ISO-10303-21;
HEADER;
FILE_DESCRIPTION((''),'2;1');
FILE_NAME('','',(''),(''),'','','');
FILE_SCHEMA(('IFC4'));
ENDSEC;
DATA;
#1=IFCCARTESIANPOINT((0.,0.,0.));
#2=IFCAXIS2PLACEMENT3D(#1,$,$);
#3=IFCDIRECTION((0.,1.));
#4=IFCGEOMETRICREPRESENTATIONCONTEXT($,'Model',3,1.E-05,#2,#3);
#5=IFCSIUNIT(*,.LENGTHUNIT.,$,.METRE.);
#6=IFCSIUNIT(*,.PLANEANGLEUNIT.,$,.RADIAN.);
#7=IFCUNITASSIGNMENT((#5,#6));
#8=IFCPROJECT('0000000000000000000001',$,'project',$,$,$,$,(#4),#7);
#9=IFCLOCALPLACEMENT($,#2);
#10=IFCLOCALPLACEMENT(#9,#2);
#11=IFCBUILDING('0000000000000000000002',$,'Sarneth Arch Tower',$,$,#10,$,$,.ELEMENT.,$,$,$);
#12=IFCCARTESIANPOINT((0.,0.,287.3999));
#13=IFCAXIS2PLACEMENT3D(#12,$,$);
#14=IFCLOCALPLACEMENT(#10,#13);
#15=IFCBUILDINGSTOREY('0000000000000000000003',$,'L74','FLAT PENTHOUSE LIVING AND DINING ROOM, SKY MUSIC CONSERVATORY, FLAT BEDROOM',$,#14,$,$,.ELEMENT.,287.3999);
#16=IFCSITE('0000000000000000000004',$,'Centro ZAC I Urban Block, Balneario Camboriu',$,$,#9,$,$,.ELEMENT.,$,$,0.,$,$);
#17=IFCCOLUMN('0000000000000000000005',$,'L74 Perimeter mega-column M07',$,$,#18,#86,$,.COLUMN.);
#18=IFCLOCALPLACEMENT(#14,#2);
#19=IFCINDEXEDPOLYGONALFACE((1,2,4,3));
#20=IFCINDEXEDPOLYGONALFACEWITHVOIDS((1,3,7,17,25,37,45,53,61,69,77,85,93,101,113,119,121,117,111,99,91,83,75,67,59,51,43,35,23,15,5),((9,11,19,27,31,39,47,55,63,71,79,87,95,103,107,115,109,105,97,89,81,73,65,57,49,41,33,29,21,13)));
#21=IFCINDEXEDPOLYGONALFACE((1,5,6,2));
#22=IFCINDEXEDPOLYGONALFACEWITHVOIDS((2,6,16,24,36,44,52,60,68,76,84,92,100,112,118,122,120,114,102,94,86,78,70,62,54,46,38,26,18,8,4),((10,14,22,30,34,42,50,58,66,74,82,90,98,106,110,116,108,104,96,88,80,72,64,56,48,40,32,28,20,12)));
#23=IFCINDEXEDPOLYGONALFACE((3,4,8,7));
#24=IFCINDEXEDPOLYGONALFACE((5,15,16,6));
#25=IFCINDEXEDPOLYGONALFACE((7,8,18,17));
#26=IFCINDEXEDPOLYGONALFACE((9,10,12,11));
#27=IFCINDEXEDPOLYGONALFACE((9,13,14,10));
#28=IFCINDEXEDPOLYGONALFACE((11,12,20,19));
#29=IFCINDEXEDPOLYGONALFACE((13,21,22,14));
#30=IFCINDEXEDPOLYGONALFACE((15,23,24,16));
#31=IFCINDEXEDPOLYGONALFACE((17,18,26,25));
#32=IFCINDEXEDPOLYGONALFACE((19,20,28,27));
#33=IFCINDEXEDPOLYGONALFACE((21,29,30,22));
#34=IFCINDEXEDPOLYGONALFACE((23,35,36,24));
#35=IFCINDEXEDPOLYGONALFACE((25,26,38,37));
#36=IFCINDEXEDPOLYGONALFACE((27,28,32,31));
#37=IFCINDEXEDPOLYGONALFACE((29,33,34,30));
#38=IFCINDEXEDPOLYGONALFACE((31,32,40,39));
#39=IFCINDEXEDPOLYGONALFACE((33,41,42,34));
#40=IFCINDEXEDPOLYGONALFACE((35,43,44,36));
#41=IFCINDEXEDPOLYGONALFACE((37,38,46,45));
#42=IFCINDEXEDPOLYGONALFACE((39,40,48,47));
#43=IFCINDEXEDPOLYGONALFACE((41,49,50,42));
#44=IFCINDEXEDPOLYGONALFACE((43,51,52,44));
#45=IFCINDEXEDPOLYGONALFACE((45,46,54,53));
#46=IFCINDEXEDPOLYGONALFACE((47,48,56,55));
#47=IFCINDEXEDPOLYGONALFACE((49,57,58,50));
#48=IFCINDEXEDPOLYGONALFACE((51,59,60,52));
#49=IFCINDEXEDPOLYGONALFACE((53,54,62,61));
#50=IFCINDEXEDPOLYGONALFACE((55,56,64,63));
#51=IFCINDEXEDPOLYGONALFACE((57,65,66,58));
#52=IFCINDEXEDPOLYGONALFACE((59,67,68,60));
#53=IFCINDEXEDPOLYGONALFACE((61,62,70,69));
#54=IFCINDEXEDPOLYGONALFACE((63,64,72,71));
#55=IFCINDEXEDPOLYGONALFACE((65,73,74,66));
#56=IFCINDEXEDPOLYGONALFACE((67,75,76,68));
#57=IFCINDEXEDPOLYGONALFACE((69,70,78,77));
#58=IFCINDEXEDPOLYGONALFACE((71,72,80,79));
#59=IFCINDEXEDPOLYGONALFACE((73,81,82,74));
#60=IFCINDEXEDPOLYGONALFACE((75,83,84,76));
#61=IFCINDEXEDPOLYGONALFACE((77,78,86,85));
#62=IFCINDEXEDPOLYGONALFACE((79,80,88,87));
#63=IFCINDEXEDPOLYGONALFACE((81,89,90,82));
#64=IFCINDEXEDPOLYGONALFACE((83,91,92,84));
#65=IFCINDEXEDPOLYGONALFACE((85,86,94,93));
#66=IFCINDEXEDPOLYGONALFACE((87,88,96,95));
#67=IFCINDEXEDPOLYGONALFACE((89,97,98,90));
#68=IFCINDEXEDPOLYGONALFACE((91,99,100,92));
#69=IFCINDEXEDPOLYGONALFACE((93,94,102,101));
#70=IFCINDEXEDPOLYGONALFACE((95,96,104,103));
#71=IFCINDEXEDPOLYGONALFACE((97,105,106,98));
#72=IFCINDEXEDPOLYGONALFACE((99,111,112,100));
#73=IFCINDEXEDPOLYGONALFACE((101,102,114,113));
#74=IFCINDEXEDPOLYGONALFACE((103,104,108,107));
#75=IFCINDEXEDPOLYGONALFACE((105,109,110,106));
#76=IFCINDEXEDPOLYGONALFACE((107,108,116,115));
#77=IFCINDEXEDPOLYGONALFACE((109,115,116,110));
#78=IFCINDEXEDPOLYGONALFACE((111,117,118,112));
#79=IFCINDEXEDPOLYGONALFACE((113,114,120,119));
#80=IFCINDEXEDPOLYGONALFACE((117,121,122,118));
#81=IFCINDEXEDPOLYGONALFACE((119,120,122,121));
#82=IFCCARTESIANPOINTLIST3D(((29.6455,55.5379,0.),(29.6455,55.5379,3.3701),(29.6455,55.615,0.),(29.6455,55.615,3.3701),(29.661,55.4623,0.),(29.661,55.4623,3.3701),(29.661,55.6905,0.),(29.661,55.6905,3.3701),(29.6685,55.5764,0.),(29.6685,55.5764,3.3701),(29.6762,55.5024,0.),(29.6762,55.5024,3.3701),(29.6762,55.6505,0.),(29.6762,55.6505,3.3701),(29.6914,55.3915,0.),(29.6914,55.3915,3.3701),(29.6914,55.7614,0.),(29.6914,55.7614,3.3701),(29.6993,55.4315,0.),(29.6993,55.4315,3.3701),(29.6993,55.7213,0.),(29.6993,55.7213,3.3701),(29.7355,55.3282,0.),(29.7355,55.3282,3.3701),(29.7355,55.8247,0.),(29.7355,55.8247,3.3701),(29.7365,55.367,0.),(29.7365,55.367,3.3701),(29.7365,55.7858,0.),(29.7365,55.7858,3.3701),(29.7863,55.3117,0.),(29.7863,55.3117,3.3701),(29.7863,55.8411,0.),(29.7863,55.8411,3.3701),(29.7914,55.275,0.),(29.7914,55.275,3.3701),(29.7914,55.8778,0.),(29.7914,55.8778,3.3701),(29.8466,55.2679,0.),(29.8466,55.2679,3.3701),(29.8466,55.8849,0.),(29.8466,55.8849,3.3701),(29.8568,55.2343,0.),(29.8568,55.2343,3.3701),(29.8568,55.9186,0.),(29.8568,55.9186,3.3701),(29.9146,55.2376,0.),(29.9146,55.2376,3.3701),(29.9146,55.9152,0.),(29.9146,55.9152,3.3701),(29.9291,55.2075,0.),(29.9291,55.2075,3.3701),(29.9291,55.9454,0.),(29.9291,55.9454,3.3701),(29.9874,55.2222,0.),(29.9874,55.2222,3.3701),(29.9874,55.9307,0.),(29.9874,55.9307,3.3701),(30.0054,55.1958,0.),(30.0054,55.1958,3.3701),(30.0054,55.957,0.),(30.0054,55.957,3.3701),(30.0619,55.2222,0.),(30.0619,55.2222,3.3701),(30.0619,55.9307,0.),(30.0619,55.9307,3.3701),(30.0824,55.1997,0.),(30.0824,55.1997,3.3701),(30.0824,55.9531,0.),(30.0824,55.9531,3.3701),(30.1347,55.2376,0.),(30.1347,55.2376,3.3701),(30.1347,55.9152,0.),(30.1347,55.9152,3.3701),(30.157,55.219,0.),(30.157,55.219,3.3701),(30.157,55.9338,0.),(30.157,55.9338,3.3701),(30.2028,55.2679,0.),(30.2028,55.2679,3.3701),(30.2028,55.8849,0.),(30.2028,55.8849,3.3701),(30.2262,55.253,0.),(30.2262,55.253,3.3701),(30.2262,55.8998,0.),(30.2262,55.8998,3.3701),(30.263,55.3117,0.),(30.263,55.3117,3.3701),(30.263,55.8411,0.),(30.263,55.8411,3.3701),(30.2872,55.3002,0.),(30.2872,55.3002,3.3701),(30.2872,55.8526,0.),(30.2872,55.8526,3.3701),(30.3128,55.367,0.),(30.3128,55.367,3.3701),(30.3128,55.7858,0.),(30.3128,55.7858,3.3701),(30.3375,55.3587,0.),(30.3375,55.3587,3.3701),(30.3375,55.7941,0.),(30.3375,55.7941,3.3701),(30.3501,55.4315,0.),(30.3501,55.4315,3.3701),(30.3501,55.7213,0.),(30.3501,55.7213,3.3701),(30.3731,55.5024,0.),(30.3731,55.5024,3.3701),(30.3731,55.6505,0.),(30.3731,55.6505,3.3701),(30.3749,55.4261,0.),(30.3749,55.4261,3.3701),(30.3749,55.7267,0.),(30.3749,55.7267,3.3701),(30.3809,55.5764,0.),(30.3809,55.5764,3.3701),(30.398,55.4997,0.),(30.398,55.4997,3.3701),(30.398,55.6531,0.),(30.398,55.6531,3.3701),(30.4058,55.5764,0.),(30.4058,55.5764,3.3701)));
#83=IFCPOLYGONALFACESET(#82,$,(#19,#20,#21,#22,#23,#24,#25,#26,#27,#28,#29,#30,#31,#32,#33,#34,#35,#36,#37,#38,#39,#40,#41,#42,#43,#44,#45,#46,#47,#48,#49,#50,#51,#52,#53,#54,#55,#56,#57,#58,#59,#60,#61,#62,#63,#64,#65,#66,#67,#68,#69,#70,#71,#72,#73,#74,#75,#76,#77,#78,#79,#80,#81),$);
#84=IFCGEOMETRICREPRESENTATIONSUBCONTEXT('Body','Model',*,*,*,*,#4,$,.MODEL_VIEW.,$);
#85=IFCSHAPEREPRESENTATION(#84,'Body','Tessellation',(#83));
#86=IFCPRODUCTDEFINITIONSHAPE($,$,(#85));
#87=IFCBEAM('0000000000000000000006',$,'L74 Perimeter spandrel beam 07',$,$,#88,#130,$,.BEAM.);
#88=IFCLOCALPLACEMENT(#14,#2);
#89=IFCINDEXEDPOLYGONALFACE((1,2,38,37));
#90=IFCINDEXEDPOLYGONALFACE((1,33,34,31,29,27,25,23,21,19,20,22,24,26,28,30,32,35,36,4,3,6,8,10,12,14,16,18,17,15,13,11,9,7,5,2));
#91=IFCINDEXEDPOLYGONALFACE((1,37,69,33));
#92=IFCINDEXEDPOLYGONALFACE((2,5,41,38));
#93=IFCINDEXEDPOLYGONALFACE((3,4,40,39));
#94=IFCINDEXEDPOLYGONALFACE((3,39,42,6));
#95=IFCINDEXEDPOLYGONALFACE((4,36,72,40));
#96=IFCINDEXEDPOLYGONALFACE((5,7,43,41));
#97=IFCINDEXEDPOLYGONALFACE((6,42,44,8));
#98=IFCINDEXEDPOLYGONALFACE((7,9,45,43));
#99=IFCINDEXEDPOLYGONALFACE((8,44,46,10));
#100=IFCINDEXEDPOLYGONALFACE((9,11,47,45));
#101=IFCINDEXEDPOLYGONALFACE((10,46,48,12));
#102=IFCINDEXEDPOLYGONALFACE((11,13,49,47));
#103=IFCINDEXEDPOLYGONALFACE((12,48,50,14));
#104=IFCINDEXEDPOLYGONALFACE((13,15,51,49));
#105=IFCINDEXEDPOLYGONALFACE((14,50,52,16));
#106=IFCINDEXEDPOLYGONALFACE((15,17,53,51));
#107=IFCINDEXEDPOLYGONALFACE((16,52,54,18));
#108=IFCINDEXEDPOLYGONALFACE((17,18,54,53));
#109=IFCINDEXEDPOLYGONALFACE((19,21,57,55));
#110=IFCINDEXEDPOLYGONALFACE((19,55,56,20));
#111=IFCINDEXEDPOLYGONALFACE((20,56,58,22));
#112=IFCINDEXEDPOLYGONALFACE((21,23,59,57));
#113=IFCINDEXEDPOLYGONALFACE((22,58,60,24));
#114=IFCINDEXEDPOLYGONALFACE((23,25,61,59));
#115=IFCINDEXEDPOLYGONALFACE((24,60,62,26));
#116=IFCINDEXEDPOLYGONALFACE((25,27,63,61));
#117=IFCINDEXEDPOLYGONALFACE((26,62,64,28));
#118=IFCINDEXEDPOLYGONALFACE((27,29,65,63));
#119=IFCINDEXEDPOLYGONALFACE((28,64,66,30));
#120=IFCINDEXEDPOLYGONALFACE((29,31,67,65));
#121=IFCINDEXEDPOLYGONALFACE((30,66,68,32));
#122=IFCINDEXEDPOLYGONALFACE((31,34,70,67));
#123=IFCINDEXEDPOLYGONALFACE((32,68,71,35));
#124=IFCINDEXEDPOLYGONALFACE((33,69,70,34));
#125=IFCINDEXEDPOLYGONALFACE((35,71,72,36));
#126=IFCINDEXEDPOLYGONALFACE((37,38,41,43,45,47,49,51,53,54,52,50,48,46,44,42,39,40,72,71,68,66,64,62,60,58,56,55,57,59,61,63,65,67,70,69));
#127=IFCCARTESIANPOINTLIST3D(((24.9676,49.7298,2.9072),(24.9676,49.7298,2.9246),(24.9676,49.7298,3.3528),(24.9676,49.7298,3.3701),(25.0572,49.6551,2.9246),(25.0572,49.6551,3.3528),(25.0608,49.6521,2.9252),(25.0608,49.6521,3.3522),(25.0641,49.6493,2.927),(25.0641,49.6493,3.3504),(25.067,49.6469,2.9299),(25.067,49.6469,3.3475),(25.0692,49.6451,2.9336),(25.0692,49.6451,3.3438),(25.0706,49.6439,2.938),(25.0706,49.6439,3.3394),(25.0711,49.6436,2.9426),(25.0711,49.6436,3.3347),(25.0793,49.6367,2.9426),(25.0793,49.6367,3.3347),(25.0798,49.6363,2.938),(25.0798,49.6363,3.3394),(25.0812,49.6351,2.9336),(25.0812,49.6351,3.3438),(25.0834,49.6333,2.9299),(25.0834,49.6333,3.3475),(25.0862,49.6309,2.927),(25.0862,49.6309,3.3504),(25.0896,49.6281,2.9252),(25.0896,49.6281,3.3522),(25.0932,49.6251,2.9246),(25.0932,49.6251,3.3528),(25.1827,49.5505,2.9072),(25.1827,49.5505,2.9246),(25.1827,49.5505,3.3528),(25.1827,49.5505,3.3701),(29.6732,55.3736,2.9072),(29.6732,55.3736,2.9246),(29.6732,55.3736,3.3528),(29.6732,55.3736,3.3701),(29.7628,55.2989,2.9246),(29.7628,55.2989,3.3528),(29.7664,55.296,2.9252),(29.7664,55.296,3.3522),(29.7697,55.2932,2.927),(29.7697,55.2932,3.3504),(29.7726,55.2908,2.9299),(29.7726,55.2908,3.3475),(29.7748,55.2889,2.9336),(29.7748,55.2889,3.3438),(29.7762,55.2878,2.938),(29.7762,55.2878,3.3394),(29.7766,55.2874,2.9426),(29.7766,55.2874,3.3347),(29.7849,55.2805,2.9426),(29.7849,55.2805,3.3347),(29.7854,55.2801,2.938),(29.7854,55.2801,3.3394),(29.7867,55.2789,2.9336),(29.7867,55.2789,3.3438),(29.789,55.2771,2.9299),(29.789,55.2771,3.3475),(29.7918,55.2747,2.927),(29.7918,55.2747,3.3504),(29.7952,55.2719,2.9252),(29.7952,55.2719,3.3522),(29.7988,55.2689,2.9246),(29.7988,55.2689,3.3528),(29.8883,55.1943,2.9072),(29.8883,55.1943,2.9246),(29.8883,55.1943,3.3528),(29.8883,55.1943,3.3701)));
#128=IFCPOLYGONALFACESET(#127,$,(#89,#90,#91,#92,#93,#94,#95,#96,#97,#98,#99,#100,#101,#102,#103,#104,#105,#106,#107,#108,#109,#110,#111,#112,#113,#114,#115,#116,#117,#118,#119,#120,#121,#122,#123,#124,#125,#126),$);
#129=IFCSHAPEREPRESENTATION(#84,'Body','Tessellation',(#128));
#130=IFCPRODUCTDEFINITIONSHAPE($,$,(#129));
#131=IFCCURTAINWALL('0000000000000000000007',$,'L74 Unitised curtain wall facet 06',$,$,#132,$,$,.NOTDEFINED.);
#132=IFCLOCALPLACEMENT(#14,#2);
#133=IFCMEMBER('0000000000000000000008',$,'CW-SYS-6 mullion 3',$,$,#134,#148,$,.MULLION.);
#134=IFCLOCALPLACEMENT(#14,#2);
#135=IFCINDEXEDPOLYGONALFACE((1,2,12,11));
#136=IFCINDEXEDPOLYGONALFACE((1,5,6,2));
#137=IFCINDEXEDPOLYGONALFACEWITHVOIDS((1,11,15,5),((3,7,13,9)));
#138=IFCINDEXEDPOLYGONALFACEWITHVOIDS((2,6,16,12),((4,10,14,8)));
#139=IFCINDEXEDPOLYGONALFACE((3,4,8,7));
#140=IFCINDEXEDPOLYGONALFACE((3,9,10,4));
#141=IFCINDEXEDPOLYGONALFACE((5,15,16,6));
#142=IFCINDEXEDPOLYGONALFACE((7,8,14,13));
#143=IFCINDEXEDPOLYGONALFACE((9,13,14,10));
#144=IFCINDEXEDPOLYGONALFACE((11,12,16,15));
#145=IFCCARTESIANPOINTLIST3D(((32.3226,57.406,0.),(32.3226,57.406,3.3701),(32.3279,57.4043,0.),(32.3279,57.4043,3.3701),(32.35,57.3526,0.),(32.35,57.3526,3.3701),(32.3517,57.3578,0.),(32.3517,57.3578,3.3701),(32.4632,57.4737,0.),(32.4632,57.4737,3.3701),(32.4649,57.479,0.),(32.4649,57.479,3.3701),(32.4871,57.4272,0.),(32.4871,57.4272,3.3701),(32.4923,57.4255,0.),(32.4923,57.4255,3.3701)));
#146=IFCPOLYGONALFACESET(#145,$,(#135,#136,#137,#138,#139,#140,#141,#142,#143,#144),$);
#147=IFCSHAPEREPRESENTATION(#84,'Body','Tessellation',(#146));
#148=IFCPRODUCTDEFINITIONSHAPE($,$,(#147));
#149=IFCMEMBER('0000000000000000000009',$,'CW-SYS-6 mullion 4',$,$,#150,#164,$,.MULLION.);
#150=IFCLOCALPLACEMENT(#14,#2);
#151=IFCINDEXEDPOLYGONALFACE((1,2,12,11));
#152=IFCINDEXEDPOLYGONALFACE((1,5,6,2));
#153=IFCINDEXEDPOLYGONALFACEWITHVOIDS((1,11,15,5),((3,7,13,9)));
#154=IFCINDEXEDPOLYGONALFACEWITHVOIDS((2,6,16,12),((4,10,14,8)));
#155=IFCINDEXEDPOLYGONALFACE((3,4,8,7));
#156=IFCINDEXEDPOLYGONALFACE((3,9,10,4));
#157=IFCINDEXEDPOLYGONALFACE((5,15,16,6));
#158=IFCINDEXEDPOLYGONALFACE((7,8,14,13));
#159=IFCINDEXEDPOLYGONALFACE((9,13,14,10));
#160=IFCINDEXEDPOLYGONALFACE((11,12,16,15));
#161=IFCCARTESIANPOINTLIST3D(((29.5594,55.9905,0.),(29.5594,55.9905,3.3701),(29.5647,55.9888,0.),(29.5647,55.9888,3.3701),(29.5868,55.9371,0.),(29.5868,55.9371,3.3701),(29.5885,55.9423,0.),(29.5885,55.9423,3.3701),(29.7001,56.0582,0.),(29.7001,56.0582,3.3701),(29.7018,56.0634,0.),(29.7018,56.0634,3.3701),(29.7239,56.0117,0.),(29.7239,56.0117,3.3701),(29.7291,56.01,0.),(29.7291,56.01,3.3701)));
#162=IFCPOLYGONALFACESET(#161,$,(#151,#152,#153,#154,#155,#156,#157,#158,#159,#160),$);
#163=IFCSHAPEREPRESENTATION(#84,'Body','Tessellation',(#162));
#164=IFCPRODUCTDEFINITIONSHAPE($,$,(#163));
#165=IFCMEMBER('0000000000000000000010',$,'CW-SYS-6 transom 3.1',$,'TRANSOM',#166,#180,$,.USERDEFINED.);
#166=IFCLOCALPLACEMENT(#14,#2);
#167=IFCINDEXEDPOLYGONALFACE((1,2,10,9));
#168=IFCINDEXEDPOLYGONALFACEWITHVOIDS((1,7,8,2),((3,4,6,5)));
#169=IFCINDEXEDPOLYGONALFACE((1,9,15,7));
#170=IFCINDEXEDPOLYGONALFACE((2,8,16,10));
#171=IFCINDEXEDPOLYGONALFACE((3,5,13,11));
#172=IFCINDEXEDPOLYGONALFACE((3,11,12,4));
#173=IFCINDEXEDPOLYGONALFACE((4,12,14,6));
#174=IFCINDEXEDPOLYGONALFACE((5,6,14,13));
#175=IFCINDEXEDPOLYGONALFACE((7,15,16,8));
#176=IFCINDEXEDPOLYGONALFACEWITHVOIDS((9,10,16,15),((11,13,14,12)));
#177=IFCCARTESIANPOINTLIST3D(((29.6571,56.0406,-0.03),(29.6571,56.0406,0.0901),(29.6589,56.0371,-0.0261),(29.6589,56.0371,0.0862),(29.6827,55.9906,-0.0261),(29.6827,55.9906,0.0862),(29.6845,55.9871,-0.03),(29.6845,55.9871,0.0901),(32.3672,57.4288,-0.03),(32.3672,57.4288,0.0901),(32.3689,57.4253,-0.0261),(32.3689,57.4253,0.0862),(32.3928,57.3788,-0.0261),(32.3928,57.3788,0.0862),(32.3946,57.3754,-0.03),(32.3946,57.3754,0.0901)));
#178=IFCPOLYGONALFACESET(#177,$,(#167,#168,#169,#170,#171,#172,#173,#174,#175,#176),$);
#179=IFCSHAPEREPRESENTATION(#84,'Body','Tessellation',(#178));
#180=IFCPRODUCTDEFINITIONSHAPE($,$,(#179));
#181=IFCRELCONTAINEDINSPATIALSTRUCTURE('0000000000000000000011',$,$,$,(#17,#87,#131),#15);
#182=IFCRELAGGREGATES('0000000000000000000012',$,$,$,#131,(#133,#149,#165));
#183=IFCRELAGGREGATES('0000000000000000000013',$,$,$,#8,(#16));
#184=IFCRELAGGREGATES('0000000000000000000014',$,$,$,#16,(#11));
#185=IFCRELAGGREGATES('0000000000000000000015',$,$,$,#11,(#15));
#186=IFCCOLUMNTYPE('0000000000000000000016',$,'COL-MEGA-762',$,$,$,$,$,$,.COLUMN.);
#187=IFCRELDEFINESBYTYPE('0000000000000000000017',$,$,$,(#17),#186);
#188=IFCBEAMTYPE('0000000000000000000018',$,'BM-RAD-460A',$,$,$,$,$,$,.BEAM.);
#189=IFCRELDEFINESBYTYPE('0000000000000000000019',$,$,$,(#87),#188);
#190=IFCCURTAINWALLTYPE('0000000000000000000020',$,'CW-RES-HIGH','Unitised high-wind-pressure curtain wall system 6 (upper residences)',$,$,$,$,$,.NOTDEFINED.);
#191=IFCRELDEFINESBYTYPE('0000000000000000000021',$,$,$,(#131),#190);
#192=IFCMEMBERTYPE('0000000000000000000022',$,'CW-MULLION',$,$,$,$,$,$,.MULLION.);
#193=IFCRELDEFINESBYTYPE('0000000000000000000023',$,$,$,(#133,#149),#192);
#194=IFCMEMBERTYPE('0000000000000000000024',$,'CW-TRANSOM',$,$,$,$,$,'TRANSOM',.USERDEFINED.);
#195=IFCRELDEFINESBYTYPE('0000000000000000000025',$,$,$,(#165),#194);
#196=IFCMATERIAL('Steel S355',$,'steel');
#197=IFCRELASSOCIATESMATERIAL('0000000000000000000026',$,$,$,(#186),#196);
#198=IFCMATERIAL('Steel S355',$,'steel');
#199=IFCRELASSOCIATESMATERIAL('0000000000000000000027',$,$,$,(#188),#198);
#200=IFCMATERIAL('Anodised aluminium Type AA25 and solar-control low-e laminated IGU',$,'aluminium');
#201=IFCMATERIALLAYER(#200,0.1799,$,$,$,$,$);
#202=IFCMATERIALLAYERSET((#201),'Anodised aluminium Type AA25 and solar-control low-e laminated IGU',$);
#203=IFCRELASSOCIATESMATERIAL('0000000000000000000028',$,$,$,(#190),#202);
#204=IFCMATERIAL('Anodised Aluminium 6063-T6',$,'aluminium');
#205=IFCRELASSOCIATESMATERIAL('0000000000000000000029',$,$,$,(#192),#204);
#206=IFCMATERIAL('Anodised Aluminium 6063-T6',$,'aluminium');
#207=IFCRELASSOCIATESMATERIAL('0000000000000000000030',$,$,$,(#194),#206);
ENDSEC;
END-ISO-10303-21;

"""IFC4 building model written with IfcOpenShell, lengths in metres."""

from ifc_helpers import new_model, si_unit, direction, frame, origin, origin_2d, place, context, subcontext, project, spatial, hollow_rectangle, hollow_circle, i_section, extrude, material, layer, layer_set, material_profile, profile_set, type_object, element, aggregate, save


model = new_model("IFC4")

# Units and contexts
model_context = context("Model", 3, precision=1e-05, world=origin(), true_north=direction((0.0, 1.0)))
body_context = subcontext(model_context, "Body", "Model", "MODEL_VIEW")
ifc_project = project(units=[si_unit("LENGTHUNIT", "METRE"), si_unit("PLANEANGLEUNIT", "RADIAN")], contexts=[model_context])

# Site, building, storey
site_placement = place(None, origin())
site = spatial("IfcSite", under=ifc_project, at=site_placement, Name="Centro ZAC I Urban Block, Balneario Camboriu", CompositionType="ELEMENT", RefElevation=0.0)
building_placement = place(site_placement, origin())
building = spatial("IfcBuilding", under=site, at=building_placement, Name="Sarneth Arch Tower", CompositionType="ELEMENT")
storey_placement = place(building_placement, frame((0.0, 0.0, 287.3999)))
storey = spatial("IfcBuildingStorey", under=building, at=storey_placement, Name="L74", Description="FLAT PENTHOUSE LIVING AND DINING ROOM, SKY MUSIC CONSERVATORY, FLAT BEDROOM", CompositionType="ELEMENT", Elevation=287.3999)

# Column
ifc_material_1 = material(Name="Steel S355", Category="steel")
ifc_material_profile_1 = material_profile(ifc_material_1, hollow_circle(Radius=0.3811, WallThickness=0.0249, at=origin_2d()), Name="CHS762x25")
ifc_profile_set_1 = profile_set([ifc_material_profile_1], Name="Steel S355")
column_type = type_object("IfcColumnType", Name="COL-MEGA-762", PredefinedType="COLUMN", material=ifc_profile_set_1)
column_placement = place(storey_placement, frame((30.0247, 55.5764, 0.0), z_axis=(0.0, 0.0, 1.0), x_axis=(1.0, 0.0, 0.0)))
element("IfcColumn", 1, at=column_placement, inside=storey, type_object=column_type, Name="L74 Perimeter mega-column M07", PredefinedType="COLUMN", context=body_context, shape_type="SweptSolid", body=[
    extrude(hollow_circle(Radius=0.3811, WallThickness=0.0249, at=origin_2d()), origin(), (0.0, 0.0, 1.0), 3.3701),
])

# Beam
ifc_material_2 = material(Name="Steel S355", Category="steel")
ifc_material_profile_2 = material_profile(ifc_material_2, i_section(OverallWidth=0.28, OverallDepth=0.4629, WebThickness=0.0107, FlangeThickness=0.0173, FilletRadius=0.0181, at=origin_2d()), Name="W460x113")
ifc_profile_set_2 = profile_set([ifc_material_profile_2], Name="Steel S355")
beam_type = type_object("IfcBeamType", Name="BM-RAD-460A", PredefinedType="BEAM", material=ifc_profile_set_2)
beam_placement = place(storey_placement, frame((29.7808, 55.2839, 3.1387), z_axis=(-0.640377, -0.768061, 0.0), x_axis=(0.768061, -0.640377, 0.0)))
element("IfcBeam", 2, at=beam_placement, inside=storey, type_object=beam_type, Name="L74 Perimeter spandrel beam 07", PredefinedType="BEAM", context=body_context, shape_type="SweptSolid", body=[
    extrude(i_section(OverallWidth=0.28, OverallDepth=0.4629, WebThickness=0.0107, FlangeThickness=0.0173, FilletRadius=0.0181, at=origin_2d()), origin(), (0.0, 0.0, 1.0), 7.3481),
])

# Curtain wall, members
ifc_material_3 = material(Name="Anodised aluminium Type AA25 and solar-control low-e laminated IGU", Category="aluminium")
ifc_layer_1 = layer(ifc_material_3, 0.1799)
ifc_layer_set_1 = layer_set([ifc_layer_1], Name="Anodised aluminium Type AA25 and solar-control low-e laminated IGU")
curtain_wall_type = type_object("IfcCurtainWallType", Name="CW-RES-HIGH", Description="Unitised high-wind-pressure curtain wall system 6 (upper residences)", PredefinedType="NOTDEFINED", material=ifc_layer_set_1)
curtain_wall_placement = place(storey_placement, origin())
curtain_wall = element("IfcCurtainWall", 3, at=curtain_wall_placement, inside=storey, type_object=curtain_wall_type, Name="L74 Unitised curtain wall facet 06", PredefinedType="NOTDEFINED")
ifc_material_4 = material(Name="Anodised Aluminium 6063-T6", Category="aluminium")
ifc_material_profile_3 = material_profile(ifc_material_4, hollow_rectangle(XDim=0.0601, YDim=0.1599, WallThickness=0.0039, at=origin_2d()), Name="AL-MULL-160x60x4")
ifc_profile_set_3 = profile_set([ifc_material_profile_3], Name="Anodised Aluminium 6063-T6")
member_type_1 = type_object("IfcMemberType", Name="CW-MULLION", PredefinedType="MULLION", material=ifc_profile_set_3)
member_1_placement = place(storey_placement, frame((32.4075, 57.4158, 0.0), z_axis=(0.0, 0.0, 1.0), x_axis=(0.455942, -0.89001, 0.0)))
member_1 = element("IfcMember", 4, at=member_1_placement, type_object=member_type_1, Name="CW-SYS-6 mullion 3", PredefinedType="MULLION", context=body_context, shape_type="SweptSolid", body=[
    extrude(hollow_rectangle(XDim=0.0601, YDim=0.1599, WallThickness=0.0039, at=origin_2d()), origin(), (0.0, 0.0, 1.0), 3.3701),
])
member_2_placement = place(storey_placement, frame((29.6443, 56.0002, 0.0), z_axis=(0.0, 0.0, 1.0), x_axis=(0.455942, -0.89001, 0.0)))
member_2 = element("IfcMember", 5, at=member_2_placement, type_object=member_type_1, Name="CW-SYS-6 mullion 4", PredefinedType="MULLION", context=body_context, shape_type="SweptSolid", body=[
    extrude(hollow_rectangle(XDim=0.0601, YDim=0.1599, WallThickness=0.0039, at=origin_2d()), origin(), (0.0, 0.0, 1.0), 3.3701),
])
ifc_material_5 = material(Name="Anodised Aluminium 6063-T6", Category="aluminium")
ifc_material_profile_4 = material_profile(ifc_material_5, hollow_rectangle(XDim=0.0601, YDim=0.1201, WallThickness=0.0039, at=origin_2d()), Name="AL-TRAN-120x60x4")
ifc_profile_set_4 = profile_set([ifc_material_profile_4], Name="Anodised Aluminium 6063-T6")
member_type_2 = type_object("IfcMemberType", Name="CW-TRANSOM", ElementType="TRANSOM", PredefinedType="USERDEFINED", material=ifc_profile_set_4)
member_3_placement = place(storey_placement, frame((32.3809, 57.4021, 0.03), z_axis=(-0.890023, -0.455916, 0.0), x_axis=(0.455916, -0.890023, 0.0)))
member_3 = element("IfcMember", 6, at=member_3_placement, type_object=member_type_2, Name="CW-SYS-6 transom 3.1", ObjectType="TRANSOM", PredefinedType="USERDEFINED", context=body_context, shape_type="SweptSolid", body=[
    extrude(hollow_rectangle(XDim=0.0601, YDim=0.1201, WallThickness=0.0039, at=origin_2d()), origin(), (0.0, 0.0, 1.0), 3.0449),
])

aggregate(curtain_wall, [member_1, member_2, member_3])

save(model, "model.ifc")
